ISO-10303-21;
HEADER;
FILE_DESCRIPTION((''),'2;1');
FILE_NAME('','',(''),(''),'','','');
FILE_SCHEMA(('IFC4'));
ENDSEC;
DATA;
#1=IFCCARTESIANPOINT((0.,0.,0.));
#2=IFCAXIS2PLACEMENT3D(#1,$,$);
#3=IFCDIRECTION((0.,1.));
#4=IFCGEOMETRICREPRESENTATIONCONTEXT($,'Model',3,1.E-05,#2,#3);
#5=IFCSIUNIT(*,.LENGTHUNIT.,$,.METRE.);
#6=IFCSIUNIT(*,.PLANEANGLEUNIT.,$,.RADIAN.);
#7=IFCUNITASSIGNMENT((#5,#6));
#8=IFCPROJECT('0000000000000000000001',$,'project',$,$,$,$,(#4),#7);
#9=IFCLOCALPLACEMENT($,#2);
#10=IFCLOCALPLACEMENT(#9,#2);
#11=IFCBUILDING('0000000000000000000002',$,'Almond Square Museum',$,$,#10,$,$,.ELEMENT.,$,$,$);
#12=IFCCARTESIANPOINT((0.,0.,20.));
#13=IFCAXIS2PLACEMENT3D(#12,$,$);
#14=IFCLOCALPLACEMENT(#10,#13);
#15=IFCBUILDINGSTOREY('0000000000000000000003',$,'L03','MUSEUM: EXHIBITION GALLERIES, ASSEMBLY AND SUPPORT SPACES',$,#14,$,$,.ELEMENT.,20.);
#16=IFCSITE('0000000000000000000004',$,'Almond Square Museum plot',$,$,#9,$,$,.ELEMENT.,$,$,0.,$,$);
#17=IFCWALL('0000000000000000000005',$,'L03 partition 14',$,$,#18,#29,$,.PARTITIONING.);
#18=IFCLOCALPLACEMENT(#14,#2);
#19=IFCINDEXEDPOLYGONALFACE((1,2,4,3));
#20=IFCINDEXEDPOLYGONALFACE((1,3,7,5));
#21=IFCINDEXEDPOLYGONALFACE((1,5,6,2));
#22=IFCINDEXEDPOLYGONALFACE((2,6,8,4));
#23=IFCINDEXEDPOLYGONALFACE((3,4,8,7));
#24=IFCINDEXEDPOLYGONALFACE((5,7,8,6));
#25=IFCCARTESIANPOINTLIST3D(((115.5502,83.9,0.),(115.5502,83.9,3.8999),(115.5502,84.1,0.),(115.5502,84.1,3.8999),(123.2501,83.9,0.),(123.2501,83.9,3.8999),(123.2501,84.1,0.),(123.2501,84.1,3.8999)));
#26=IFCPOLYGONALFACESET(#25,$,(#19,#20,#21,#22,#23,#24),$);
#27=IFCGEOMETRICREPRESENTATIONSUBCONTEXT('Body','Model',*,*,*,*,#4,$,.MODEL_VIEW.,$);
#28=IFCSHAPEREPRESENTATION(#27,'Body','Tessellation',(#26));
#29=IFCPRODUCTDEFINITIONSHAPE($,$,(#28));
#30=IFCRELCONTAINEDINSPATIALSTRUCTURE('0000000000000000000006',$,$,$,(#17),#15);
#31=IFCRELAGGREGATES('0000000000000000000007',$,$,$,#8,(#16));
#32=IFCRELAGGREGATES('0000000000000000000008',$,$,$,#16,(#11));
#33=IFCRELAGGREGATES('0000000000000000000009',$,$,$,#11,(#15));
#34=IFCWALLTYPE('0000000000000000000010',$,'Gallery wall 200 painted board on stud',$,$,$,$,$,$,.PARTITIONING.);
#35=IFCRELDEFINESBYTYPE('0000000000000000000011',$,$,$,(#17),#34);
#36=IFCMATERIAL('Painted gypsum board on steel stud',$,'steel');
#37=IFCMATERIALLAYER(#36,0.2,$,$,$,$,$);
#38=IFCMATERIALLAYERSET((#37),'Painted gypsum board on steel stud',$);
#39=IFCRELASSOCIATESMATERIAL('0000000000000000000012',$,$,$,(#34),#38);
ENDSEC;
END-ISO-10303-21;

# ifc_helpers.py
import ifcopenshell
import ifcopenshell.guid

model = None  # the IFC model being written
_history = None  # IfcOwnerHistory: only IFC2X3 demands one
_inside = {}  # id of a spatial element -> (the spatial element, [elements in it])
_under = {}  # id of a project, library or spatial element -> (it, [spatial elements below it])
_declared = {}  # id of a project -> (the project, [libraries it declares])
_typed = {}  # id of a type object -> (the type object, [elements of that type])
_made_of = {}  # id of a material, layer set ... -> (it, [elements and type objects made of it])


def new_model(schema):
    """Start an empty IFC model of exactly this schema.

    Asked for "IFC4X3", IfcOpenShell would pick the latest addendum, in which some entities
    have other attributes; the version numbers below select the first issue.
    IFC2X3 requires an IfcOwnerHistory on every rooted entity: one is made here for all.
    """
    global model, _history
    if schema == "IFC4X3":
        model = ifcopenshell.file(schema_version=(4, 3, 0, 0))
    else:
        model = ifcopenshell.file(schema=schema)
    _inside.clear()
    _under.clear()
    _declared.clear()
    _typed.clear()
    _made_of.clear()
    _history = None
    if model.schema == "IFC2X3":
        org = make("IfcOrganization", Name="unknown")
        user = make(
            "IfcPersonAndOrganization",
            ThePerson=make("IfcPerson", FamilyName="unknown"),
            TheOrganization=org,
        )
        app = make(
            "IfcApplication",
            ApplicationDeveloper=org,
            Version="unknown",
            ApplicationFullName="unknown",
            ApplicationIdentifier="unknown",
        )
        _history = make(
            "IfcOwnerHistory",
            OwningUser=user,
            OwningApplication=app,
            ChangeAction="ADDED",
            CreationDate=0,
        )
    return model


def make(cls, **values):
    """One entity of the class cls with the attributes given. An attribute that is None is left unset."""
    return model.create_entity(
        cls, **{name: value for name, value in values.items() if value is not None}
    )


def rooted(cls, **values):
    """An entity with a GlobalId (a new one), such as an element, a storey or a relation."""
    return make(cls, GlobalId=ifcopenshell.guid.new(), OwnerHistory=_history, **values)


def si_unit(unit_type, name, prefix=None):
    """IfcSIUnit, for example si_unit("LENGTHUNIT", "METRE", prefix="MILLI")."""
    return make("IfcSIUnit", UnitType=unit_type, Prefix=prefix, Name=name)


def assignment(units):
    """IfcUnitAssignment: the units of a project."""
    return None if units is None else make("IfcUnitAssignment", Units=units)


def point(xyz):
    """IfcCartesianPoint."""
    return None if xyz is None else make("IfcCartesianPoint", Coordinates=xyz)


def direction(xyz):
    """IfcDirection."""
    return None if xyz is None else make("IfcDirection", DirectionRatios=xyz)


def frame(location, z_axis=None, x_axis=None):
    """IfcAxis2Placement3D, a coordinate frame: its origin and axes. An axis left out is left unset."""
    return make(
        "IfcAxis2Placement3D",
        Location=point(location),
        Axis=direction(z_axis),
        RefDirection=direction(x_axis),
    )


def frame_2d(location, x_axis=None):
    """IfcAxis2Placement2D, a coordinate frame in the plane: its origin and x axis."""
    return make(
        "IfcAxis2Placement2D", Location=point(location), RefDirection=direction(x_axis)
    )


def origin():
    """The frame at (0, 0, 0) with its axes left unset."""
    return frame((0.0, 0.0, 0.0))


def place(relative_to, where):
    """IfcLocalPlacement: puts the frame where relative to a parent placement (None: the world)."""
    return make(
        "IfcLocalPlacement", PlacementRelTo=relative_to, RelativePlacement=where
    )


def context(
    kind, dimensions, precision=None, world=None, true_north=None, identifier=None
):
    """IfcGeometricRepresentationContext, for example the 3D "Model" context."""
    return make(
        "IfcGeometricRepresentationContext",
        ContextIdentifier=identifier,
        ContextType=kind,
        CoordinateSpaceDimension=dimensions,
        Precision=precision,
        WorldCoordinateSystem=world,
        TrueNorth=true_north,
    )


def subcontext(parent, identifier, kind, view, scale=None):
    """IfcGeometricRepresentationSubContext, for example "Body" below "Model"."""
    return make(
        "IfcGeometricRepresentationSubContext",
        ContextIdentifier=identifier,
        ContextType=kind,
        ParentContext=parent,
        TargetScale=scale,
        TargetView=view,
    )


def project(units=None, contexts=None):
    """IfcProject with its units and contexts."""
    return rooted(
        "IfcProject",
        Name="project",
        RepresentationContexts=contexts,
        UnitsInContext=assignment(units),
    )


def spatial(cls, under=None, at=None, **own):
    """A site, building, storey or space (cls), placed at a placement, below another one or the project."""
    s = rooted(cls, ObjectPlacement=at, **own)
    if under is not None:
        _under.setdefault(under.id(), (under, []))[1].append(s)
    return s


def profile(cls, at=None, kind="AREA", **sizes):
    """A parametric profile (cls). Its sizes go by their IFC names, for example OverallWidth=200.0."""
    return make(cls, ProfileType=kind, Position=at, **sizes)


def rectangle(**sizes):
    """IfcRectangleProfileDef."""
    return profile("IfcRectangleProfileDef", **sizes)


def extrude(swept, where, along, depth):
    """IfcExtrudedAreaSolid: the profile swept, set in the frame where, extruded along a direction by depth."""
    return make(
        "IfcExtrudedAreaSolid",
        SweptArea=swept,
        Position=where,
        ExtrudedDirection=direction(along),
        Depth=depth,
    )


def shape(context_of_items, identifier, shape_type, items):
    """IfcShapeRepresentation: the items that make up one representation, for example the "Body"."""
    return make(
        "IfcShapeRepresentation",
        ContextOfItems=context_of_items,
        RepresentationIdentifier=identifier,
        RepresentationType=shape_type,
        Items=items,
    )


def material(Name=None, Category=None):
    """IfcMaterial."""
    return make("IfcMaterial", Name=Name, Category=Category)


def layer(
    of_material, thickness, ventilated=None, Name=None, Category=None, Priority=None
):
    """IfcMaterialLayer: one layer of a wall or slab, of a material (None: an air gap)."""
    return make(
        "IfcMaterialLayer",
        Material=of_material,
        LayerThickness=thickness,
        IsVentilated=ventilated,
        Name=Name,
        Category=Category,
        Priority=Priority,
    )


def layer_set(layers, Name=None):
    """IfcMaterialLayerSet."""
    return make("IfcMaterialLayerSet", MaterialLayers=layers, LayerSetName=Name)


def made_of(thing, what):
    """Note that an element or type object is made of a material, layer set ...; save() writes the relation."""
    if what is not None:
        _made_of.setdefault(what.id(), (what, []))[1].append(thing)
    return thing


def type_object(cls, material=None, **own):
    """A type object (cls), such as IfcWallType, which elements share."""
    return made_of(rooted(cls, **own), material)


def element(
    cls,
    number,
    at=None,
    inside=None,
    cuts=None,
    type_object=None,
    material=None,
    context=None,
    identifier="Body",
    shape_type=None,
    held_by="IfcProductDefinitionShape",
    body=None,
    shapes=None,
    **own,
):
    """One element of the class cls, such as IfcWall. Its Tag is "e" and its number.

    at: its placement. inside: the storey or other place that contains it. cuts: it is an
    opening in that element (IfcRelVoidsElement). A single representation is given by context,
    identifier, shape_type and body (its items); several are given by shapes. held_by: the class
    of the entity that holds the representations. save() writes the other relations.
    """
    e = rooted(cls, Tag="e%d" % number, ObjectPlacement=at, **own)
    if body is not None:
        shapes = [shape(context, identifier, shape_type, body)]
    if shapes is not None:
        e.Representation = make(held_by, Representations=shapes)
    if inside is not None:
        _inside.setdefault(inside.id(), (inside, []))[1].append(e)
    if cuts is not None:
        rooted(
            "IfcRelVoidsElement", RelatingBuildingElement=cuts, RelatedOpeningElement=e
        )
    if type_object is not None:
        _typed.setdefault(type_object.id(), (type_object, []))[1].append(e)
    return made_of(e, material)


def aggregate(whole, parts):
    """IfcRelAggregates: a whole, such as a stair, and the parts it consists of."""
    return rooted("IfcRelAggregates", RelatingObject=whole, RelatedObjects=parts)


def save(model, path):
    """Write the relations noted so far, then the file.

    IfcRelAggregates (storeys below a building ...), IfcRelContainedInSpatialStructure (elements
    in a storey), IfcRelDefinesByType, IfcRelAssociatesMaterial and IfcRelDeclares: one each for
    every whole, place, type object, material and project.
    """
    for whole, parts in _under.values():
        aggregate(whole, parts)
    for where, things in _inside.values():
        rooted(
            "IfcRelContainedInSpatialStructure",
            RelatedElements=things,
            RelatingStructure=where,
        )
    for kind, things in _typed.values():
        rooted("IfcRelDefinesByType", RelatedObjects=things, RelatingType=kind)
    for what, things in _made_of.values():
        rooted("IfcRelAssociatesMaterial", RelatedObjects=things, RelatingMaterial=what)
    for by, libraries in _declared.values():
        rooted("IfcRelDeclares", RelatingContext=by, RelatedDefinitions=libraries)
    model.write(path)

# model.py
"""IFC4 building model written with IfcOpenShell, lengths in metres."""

from ifc_helpers import new_model, si_unit, direction, frame, frame_2d, origin, place, context, subcontext, project, spatial, rectangle, extrude, material, layer, layer_set, type_object, element, save


model = new_model("IFC4")

# Units and contexts
model_context = context("Model", 3, precision=1e-05, world=origin(), true_north=direction((0.0, 1.0)))
body_context = subcontext(model_context, "Body", "Model", "MODEL_VIEW")
ifc_project = project(units=[si_unit("LENGTHUNIT", "METRE"), si_unit("PLANEANGLEUNIT", "RADIAN")], contexts=[model_context])

# Site, building, storey
site_placement = place(None, origin())
site = spatial("IfcSite", under=ifc_project, at=site_placement, Name="Almond Square Museum plot", CompositionType="ELEMENT", RefElevation=0.0)
building_placement = place(site_placement, origin())
building = spatial("IfcBuilding", under=site, at=building_placement, Name="Almond Square Museum", CompositionType="ELEMENT")
storey_placement = place(building_placement, frame((0.0, 0.0, 20.0)))
storey = spatial("IfcBuildingStorey", under=building, at=storey_placement, Name="L03", Description="MUSEUM: EXHIBITION GALLERIES, ASSEMBLY AND SUPPORT SPACES", CompositionType="ELEMENT", Elevation=20.0)

# Wall
ifc_material_1 = material(Name="Painted gypsum board on steel stud", Category="steel")
ifc_layer = layer(ifc_material_1, 0.2)
ifc_layer_set = layer_set([ifc_layer], Name="Painted gypsum board on steel stud")
wall_type = type_object("IfcWallType", Name="Gallery wall 200 painted board on stud", PredefinedType="PARTITIONING", material=ifc_layer_set)
wall_placement = place(storey_placement, frame((115.55, 84.0, 0.0), z_axis=(0.0, 0.0, 1.0), x_axis=(1.0, 0.0, 0.0)))
element("IfcWall", 1, at=wall_placement, inside=storey, type_object=wall_type, Name="L03 partition 14", PredefinedType="PARTITIONING", context=body_context, shape_type="SweptSolid", body=[
    extrude(rectangle(XDim=7.7, YDim=0.2, at=frame_2d((3.8501, 0.0))), origin(), (0.0, 0.0, 1.0), 3.8999),
])

save(model, "model.ifc")
